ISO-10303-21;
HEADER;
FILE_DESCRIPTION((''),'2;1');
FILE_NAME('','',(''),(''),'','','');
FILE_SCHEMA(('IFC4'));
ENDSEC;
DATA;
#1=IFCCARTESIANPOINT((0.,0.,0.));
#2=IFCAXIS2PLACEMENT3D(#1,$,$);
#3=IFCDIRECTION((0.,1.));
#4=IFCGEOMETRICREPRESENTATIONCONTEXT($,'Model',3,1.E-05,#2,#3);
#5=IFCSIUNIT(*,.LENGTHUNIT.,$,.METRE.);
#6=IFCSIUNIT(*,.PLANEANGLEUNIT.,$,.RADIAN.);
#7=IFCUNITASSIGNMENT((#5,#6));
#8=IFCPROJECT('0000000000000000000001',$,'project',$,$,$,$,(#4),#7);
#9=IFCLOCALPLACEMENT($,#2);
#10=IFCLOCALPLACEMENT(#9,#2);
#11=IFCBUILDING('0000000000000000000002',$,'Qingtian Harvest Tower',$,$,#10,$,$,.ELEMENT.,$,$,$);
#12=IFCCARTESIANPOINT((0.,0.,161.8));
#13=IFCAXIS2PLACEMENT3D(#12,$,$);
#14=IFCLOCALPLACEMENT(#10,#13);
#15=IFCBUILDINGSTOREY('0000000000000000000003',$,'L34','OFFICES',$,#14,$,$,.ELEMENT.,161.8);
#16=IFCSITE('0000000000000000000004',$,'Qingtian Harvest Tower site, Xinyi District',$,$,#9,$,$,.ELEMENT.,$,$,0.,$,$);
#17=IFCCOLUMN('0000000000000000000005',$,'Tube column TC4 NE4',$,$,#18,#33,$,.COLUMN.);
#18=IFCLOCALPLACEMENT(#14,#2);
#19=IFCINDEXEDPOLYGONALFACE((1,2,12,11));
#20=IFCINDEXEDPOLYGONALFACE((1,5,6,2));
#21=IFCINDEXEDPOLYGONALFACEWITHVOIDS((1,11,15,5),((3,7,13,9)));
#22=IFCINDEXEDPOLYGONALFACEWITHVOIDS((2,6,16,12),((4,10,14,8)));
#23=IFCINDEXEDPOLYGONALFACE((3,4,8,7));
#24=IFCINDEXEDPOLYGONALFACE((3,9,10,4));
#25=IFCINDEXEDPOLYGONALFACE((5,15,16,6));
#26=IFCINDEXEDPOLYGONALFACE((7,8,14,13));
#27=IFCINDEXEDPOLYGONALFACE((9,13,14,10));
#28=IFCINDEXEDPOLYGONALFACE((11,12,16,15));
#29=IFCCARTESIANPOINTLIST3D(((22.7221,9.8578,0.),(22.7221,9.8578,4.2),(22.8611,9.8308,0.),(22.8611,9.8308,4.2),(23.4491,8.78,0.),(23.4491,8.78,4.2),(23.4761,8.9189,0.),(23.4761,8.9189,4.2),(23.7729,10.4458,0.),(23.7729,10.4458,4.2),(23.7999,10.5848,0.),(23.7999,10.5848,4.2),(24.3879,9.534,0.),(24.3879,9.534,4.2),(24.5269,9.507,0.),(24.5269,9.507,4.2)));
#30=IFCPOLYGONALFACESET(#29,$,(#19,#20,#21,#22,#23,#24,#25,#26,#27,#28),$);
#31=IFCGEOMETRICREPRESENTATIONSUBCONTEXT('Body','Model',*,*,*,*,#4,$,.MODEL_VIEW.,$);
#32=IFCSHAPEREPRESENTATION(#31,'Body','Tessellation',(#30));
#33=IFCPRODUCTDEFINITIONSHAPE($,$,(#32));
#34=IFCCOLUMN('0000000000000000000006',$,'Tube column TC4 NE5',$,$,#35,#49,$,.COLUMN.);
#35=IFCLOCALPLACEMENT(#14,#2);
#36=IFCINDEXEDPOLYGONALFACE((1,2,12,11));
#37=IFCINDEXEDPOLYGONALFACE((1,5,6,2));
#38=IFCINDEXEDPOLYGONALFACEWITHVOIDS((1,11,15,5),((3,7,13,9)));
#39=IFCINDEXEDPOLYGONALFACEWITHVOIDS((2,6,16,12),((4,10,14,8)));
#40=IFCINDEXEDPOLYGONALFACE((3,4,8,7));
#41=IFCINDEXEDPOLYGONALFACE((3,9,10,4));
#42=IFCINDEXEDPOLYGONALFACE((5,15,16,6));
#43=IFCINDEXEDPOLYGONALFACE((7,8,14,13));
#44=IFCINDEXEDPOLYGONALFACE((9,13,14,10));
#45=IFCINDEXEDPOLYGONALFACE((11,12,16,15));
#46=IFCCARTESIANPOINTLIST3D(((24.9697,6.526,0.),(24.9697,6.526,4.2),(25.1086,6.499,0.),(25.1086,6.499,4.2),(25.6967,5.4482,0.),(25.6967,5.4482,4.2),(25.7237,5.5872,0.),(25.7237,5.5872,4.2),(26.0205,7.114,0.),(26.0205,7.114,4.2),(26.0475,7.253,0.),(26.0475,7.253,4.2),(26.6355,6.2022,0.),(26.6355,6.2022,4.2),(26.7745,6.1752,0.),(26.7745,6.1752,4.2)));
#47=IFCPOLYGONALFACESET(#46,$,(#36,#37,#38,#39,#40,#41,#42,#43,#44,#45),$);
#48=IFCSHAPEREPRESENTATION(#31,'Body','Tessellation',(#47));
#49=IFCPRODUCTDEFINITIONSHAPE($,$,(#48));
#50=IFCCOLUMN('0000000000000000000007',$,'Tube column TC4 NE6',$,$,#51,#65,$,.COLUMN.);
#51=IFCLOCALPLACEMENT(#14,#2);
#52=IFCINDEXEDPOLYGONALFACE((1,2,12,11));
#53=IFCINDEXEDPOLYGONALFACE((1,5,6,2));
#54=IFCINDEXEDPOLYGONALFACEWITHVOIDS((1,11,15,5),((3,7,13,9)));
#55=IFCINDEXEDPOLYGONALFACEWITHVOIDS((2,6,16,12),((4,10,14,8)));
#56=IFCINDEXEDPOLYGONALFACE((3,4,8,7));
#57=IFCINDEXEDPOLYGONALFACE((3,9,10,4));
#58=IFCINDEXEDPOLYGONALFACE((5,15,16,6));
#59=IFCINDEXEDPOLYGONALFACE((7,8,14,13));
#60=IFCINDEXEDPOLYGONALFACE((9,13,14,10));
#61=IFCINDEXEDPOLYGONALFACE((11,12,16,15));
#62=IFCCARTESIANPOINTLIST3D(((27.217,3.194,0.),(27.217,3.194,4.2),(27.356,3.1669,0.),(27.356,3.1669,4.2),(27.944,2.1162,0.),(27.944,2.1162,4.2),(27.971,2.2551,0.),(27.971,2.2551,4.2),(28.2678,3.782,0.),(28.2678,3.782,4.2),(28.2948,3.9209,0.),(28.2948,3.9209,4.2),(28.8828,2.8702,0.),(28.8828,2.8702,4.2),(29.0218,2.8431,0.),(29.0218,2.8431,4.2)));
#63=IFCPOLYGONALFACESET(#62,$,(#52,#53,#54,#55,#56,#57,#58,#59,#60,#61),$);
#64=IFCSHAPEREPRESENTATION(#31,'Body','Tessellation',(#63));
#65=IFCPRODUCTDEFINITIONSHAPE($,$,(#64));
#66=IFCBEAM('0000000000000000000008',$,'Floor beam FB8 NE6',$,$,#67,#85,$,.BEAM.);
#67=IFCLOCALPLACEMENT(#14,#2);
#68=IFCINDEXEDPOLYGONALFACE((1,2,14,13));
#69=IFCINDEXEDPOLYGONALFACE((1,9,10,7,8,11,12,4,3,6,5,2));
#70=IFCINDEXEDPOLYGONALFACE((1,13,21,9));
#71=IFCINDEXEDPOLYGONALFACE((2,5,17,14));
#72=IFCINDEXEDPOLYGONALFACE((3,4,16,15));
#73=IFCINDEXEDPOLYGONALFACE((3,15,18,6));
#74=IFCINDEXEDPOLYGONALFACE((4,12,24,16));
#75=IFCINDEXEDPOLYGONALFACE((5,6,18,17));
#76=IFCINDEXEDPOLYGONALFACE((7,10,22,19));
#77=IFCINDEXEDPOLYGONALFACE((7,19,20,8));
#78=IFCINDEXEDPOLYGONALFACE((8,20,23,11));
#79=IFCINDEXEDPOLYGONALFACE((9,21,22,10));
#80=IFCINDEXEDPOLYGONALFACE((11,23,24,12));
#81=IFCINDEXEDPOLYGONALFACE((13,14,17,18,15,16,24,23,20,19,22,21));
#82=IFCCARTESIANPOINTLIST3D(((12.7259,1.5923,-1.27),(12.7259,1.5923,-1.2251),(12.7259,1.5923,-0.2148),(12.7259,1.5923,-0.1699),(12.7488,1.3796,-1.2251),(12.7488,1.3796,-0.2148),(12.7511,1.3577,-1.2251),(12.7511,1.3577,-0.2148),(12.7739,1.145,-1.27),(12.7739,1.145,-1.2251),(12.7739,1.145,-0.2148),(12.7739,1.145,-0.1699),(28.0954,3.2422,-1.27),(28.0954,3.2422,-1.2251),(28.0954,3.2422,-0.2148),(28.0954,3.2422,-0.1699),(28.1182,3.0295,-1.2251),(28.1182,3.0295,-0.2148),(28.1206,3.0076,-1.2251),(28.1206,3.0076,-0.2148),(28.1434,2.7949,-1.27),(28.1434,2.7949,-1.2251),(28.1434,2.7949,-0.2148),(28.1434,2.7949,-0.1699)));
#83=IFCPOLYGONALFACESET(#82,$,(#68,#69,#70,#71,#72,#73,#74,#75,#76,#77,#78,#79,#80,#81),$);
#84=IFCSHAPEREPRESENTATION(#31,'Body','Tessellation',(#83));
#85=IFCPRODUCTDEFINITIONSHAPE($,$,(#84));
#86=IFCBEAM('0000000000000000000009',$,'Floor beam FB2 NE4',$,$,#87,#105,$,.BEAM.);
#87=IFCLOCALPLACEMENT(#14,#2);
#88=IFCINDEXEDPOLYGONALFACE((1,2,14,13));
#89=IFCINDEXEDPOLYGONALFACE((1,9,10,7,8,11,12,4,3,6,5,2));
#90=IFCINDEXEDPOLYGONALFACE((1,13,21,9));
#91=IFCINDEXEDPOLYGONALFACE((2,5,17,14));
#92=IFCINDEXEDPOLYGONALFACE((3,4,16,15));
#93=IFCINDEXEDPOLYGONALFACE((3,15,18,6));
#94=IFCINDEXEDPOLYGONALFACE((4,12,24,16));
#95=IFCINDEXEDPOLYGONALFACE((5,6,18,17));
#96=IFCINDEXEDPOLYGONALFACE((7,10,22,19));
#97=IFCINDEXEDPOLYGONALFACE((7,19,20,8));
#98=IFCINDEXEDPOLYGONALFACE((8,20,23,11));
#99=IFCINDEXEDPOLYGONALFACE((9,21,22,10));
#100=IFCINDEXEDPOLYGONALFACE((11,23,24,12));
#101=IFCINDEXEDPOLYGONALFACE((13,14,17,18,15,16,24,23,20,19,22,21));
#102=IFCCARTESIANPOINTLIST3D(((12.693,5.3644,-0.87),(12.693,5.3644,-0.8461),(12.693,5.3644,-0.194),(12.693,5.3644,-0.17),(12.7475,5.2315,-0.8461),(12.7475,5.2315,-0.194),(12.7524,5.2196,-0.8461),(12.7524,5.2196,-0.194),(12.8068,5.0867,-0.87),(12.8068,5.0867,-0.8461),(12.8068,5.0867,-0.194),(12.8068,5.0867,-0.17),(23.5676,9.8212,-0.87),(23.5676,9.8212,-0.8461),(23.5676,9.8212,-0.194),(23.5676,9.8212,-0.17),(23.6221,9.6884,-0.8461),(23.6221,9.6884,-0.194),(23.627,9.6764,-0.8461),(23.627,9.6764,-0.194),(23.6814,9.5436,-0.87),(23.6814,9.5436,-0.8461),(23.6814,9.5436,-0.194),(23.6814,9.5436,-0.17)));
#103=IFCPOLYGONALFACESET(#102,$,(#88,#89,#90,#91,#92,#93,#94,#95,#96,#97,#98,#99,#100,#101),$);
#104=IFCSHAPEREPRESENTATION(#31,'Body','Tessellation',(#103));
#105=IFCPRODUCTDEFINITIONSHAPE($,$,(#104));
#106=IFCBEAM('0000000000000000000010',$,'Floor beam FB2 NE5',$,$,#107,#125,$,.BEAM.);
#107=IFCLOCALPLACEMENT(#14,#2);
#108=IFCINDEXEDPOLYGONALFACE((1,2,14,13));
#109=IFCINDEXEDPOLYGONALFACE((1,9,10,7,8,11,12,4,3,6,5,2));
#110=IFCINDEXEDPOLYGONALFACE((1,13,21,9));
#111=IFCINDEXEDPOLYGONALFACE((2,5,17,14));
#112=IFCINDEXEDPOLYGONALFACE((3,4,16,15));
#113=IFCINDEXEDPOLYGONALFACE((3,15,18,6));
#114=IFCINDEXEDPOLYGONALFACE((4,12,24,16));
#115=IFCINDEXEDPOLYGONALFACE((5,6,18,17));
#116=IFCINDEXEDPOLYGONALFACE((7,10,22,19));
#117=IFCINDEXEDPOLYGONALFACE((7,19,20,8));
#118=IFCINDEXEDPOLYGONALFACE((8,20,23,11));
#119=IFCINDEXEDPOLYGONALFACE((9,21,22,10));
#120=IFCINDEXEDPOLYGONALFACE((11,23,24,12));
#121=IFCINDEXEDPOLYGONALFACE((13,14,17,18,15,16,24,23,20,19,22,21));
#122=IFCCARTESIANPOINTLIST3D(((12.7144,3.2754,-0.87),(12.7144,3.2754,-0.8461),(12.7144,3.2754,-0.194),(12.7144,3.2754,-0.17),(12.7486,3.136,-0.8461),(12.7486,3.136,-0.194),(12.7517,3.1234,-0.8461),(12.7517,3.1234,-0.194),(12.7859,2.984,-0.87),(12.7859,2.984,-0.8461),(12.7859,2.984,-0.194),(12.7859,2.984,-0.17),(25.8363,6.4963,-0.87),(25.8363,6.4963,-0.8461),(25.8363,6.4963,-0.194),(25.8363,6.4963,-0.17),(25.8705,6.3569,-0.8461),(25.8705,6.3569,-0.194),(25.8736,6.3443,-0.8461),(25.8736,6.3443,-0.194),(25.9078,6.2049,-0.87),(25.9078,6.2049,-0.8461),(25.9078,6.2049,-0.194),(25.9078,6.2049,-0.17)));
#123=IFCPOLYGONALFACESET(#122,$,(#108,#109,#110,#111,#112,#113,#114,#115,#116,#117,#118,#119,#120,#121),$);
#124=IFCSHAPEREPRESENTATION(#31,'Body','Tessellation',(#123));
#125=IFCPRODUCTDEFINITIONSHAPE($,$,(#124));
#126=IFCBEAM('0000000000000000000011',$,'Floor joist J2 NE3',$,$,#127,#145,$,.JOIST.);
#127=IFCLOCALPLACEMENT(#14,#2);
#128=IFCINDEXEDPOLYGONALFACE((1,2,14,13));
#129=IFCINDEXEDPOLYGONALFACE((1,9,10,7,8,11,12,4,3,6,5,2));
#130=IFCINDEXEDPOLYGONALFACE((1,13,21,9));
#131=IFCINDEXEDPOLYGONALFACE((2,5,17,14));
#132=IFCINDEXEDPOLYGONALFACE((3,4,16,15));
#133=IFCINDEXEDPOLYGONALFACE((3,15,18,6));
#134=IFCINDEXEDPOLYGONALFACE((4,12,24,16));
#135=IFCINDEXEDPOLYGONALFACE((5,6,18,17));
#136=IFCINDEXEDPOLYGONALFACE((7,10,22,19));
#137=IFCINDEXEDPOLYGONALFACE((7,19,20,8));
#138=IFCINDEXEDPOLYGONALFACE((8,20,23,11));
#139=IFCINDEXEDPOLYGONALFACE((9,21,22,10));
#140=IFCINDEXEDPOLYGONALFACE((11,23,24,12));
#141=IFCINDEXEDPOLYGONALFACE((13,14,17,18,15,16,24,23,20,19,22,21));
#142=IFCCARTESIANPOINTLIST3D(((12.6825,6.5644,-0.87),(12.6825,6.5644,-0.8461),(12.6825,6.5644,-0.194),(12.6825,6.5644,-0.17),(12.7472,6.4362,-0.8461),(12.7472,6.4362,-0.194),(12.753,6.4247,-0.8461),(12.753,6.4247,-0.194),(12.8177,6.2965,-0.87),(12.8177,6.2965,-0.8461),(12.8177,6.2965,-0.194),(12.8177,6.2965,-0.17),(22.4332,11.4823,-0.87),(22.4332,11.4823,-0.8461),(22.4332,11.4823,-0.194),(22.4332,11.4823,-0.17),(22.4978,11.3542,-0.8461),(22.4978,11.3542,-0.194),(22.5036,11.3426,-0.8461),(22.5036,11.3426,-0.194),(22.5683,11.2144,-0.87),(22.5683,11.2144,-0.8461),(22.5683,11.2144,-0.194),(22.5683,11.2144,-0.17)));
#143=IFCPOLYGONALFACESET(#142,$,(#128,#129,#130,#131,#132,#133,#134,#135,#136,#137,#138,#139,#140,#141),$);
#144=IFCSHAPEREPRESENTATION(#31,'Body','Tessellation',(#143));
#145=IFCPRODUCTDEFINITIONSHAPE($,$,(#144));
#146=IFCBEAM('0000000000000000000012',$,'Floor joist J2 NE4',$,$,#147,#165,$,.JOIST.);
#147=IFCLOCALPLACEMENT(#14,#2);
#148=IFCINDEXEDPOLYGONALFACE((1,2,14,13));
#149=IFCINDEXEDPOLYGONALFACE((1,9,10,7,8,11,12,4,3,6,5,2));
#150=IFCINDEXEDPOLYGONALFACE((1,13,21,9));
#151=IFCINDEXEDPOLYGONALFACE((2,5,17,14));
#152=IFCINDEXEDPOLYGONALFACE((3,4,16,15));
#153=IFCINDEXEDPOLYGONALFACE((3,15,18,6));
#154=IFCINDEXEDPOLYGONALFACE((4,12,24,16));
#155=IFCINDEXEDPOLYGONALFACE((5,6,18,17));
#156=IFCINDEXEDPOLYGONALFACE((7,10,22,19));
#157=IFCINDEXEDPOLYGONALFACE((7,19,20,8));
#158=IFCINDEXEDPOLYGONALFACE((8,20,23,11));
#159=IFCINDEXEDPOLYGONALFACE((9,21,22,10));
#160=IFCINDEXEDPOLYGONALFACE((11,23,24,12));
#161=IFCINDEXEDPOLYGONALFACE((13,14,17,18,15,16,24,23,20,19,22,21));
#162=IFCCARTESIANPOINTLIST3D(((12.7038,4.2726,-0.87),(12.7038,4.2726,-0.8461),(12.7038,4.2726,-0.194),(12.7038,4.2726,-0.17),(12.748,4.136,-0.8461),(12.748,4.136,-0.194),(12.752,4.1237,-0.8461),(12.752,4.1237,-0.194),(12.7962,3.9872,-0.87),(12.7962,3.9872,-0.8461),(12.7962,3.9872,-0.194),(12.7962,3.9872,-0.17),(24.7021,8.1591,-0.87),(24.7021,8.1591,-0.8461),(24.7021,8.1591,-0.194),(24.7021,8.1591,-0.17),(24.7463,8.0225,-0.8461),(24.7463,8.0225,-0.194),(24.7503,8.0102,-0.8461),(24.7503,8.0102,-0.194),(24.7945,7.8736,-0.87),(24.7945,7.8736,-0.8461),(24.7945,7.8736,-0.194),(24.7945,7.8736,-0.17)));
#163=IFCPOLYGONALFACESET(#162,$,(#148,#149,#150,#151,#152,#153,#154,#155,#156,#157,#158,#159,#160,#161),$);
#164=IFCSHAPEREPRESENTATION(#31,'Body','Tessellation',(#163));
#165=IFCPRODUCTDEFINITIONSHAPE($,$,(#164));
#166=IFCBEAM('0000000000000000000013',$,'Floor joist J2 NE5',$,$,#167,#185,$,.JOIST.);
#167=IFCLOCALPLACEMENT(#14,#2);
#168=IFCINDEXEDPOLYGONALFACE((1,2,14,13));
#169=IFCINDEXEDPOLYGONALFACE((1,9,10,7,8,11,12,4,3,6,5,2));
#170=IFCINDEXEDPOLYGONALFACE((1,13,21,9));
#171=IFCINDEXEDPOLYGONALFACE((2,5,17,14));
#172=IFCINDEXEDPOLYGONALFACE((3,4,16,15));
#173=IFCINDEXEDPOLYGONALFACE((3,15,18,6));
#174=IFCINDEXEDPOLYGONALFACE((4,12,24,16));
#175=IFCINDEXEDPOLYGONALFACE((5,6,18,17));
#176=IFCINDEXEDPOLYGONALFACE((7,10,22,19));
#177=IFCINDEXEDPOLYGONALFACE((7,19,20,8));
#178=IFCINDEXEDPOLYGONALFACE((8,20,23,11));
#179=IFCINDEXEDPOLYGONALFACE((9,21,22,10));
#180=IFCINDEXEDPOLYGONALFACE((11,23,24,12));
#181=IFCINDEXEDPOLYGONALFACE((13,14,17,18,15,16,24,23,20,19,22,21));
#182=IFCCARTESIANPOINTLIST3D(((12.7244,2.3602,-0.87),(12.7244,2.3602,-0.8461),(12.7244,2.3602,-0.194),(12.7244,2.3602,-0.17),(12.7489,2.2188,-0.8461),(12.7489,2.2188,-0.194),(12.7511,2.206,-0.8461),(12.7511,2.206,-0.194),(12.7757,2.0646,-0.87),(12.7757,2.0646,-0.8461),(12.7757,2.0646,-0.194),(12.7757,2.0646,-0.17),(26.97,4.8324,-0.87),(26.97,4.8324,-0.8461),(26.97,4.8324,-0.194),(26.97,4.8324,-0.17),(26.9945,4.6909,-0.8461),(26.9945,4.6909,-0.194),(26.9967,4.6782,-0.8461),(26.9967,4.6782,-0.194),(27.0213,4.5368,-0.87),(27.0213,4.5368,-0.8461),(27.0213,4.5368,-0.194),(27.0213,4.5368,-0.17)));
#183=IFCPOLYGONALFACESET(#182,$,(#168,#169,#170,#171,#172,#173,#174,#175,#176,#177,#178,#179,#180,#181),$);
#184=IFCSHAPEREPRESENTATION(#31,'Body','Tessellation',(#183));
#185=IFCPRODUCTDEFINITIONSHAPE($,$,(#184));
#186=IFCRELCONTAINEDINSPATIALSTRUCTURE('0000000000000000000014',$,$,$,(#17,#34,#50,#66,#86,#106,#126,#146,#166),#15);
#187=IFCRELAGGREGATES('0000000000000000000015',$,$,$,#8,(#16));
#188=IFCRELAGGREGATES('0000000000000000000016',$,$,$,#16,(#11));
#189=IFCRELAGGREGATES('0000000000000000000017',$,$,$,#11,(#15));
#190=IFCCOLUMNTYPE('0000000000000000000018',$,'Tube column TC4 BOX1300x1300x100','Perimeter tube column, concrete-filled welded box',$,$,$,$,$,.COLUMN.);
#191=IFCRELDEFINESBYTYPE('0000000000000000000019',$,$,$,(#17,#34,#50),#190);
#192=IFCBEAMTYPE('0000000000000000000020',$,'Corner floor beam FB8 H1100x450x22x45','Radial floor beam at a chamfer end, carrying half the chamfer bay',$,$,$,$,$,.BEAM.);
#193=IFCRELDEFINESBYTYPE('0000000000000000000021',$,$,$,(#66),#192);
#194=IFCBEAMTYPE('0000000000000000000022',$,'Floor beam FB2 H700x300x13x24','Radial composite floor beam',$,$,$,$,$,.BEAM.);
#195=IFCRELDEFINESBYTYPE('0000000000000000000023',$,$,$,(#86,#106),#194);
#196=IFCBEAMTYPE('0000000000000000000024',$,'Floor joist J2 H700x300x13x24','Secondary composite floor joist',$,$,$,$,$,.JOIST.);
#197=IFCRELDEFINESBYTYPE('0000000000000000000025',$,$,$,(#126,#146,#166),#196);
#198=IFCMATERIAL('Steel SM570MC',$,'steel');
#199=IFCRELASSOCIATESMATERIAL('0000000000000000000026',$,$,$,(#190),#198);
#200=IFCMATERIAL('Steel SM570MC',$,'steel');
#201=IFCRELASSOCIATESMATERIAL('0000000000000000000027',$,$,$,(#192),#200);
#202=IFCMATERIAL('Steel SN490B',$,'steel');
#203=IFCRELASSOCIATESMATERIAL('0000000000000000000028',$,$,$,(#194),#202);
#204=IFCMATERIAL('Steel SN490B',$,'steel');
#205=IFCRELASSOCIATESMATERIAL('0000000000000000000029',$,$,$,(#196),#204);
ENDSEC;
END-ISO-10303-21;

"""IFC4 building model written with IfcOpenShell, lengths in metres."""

from ifc_helpers import new_model, si_unit, direction, frame, origin, origin_2d, place, context, subcontext, project, spatial, hollow_rectangle, i_section, extrude, material, material_profile, profile_set, type_object, element, save


model = new_model("IFC4")

# Units and contexts
model_context = context("Model", 3, precision=1e-05, world=origin(), true_north=direction((0.0, 1.0)))
body_context = subcontext(model_context, "Body", "Model", "MODEL_VIEW")
ifc_project = project(units=[si_unit("LENGTHUNIT", "METRE"), si_unit("PLANEANGLEUNIT", "RADIAN")], contexts=[model_context])

# Site, building, storey
site_placement = place(None, origin())
site = spatial("IfcSite", under=ifc_project, at=site_placement, Name="Qingtian Harvest Tower site, Xinyi District", CompositionType="ELEMENT", RefElevation=0.0)
building_placement = place(site_placement, origin())
building = spatial("IfcBuilding", under=site, at=building_placement, Name="Qingtian Harvest Tower", CompositionType="ELEMENT")
storey_placement = place(building_placement, frame((0.0, 0.0, 161.8)))
storey = spatial("IfcBuildingStorey", under=building, at=storey_placement, Name="L34", Description="OFFICES", CompositionType="ELEMENT", Elevation=161.8)

# Columns
ifc_material_1 = material(Name="Steel SM570MC", Category="steel")
ifc_material_profile_1 = material_profile(ifc_material_1, hollow_rectangle(XDim=1.3, YDim=1.3, WallThickness=0.1001, at=origin_2d()), Name="BOX1300x1300x100")
ifc_profile_set_1 = profile_set([ifc_material_profile_1], Name="Steel SM570MC")
column_type = type_object("IfcColumnType", Name="Tube column TC4 BOX1300x1300x100", Description="Perimeter tube column, concrete-filled welded box", PredefinedType="COLUMN", material=ifc_profile_set_1)
for number, where, z_axis, x_axis, name in (
    (1, (23.6245, 9.6824, 0.0), (0.0, 0.0, 1.0), (-0.559193, 0.829038, 0.0), "Tube column TC4 NE4"),
    (2, (25.8721, 6.3506, 0.0), (0.0, 0.0, 1.0), (-0.559193, 0.829038, 0.0), "Tube column TC4 NE5"),
    (3, (28.1194, 3.0186, 0.0), (0.0, 0.0, 1.0), (-0.559193, 0.829038, 0.0), "Tube column TC4 NE6"),
):
    element("IfcColumn", number, at=place(storey_placement, frame(where, z_axis=z_axis, x_axis=x_axis)), inside=storey, type_object=column_type, Name=name, PredefinedType="COLUMN", context=body_context, shape_type="SweptSolid", body=[
        extrude(hollow_rectangle(XDim=1.3, YDim=1.3, WallThickness=0.1001, at=origin_2d()), origin(), (0.0, 0.0, 1.0), 4.2),
    ])

# Beams
ifc_material_2 = material(Name="Steel SM570MC", Category="steel")
ifc_material_profile_2 = material_profile(ifc_material_2, i_section(OverallWidth=0.45, OverallDepth=1.1001, WebThickness=0.022, FlangeThickness=0.0449, at=origin_2d()), Name="H1100x450x22x45")
ifc_profile_set_2 = profile_set([ifc_material_profile_2], Name="Steel SM570MC")
beam_type_1 = type_object("IfcBeamType", Name="Corner floor beam FB8 H1100x450x22x45", Description="Radial floor beam at a chamfer end, carrying half the chamfer bay", PredefinedType="BEAM", material=ifc_profile_set_2)
beam_1_placement = place(storey_placement, frame((28.1194, 3.0186, -0.72), z_axis=(-0.994287, -0.106737, 0.0), x_axis=(0.106737, -0.994287, 0.0)))
element("IfcBeam", 4, at=beam_1_placement, inside=storey, type_object=beam_type_1, Name="Floor beam FB8 NE6", PredefinedType="BEAM", context=body_context, shape_type="SweptSolid", body=[
    extrude(i_section(OverallWidth=0.45, OverallDepth=1.1001, WebThickness=0.022, FlangeThickness=0.0449, at=origin_2d()), origin(), (0.0, 0.0, 1.0), 15.4578),
])
ifc_material_3 = material(Name="Steel SN490B", Category="steel")
ifc_material_profile_3 = material_profile(ifc_material_3, i_section(OverallWidth=0.3, OverallDepth=0.7, WebThickness=0.0129, FlangeThickness=0.0239, at=origin_2d()), Name="H700x300x13x24")
ifc_profile_set_3 = profile_set([ifc_material_profile_3], Name="Steel SN490B")
beam_type_2 = type_object("IfcBeamType", Name="Floor beam FB2 H700x300x13x24", Description="Radial composite floor beam", PredefinedType="BEAM", material=ifc_profile_set_3)
beam_2_placement = place(storey_placement, frame((23.6245, 9.6824, -0.52), z_axis=(-0.925305, -0.379225, 0.0), x_axis=(0.379225, -0.925305, 0.0)))
element("IfcBeam", 5, at=beam_2_placement, inside=storey, type_object=beam_type_2, Name="Floor beam FB2 NE4", PredefinedType="BEAM", context=body_context, shape_type="SweptSolid", body=[
    extrude(i_section(OverallWidth=0.3, OverallDepth=0.7, WebThickness=0.0129, FlangeThickness=0.0239, at=origin_2d()), origin(), (0.0, 0.0, 1.0), 11.7524),
])
beam_3_placement = place(storey_placement, frame((25.8721, 6.3506, -0.52), z_axis=(-0.971171, -0.238384, 0.0), x_axis=(0.238384, -0.971171, 0.0)))
element("IfcBeam", 6, at=beam_3_placement, inside=storey, type_object=beam_type_2, Name="Floor beam FB2 NE5", PredefinedType="BEAM", context=body_context, shape_type="SweptSolid", body=[
    extrude(i_section(OverallWidth=0.3, OverallDepth=0.7, WebThickness=0.0129, FlangeThickness=0.0239, at=origin_2d()), origin(), (0.0, 0.0, 1.0), 13.5115),
])
ifc_material_4 = material(Name="Steel SN490B", Category="steel")
ifc_material_profile_4 = material_profile(ifc_material_4, i_section(OverallWidth=0.3, OverallDepth=0.7, WebThickness=0.0129, FlangeThickness=0.0239, at=origin_2d()), Name="H700x300x13x24")
ifc_profile_set_4 = profile_set([ifc_material_profile_4], Name="Steel SN490B")
beam_type_3 = type_object("IfcBeamType", Name="Floor joist J2 H700x300x13x24", Description="Secondary composite floor joist", PredefinedType="JOIST", material=ifc_profile_set_4)
beam_4_placement = place(storey_placement, frame((22.5007, 11.3484, -0.52), z_axis=(-0.892861, -0.450332, 0.0), x_axis=(0.450332, -0.892861, 0.0)))
element("IfcBeam", 7, at=beam_4_placement, inside=storey, type_object=beam_type_3, Name="Floor joist J2 NE3", PredefinedType="JOIST", context=body_context, shape_type="SweptSolid", body=[
    extrude(i_section(OverallWidth=0.3, OverallDepth=0.7, WebThickness=0.0129, FlangeThickness=0.0239, at=origin_2d()), origin(), (0.0, 0.0, 1.0), 10.9207),
])
beam_5_placement = place(storey_placement, frame((24.7483, 8.0164, -0.52), z_axis=(-0.951336, -0.308156, 0.0), x_axis=(0.308156, -0.951336, 0.0)))
element("IfcBeam", 8, at=beam_5_placement, inside=storey, type_object=beam_type_3, Name="Floor joist J2 NE4", PredefinedType="JOIST", context=body_context, shape_type="SweptSolid", body=[
    extrude(i_section(OverallWidth=0.3, OverallDepth=0.7, WebThickness=0.0129, FlangeThickness=0.0239, at=origin_2d()), origin(), (0.0, 0.0, 1.0), 12.6121),
])
beam_6_placement = place(storey_placement, frame((26.9956, 4.6846, -0.52), z_axis=(-0.985274, -0.170983, 0.0), x_axis=(0.170983, -0.985274, 0.0)))
element("IfcBeam", 9, at=beam_6_placement, inside=storey, type_object=beam_type_3, Name="Floor joist J2 NE5", PredefinedType="JOIST", context=body_context, shape_type="SweptSolid", body=[
    extrude(i_section(OverallWidth=0.3, OverallDepth=0.7, WebThickness=0.0129, FlangeThickness=0.0239, at=origin_2d()), origin(), (0.0, 0.0, 1.0), 14.4585),
])

save(model, "model.ifc")
